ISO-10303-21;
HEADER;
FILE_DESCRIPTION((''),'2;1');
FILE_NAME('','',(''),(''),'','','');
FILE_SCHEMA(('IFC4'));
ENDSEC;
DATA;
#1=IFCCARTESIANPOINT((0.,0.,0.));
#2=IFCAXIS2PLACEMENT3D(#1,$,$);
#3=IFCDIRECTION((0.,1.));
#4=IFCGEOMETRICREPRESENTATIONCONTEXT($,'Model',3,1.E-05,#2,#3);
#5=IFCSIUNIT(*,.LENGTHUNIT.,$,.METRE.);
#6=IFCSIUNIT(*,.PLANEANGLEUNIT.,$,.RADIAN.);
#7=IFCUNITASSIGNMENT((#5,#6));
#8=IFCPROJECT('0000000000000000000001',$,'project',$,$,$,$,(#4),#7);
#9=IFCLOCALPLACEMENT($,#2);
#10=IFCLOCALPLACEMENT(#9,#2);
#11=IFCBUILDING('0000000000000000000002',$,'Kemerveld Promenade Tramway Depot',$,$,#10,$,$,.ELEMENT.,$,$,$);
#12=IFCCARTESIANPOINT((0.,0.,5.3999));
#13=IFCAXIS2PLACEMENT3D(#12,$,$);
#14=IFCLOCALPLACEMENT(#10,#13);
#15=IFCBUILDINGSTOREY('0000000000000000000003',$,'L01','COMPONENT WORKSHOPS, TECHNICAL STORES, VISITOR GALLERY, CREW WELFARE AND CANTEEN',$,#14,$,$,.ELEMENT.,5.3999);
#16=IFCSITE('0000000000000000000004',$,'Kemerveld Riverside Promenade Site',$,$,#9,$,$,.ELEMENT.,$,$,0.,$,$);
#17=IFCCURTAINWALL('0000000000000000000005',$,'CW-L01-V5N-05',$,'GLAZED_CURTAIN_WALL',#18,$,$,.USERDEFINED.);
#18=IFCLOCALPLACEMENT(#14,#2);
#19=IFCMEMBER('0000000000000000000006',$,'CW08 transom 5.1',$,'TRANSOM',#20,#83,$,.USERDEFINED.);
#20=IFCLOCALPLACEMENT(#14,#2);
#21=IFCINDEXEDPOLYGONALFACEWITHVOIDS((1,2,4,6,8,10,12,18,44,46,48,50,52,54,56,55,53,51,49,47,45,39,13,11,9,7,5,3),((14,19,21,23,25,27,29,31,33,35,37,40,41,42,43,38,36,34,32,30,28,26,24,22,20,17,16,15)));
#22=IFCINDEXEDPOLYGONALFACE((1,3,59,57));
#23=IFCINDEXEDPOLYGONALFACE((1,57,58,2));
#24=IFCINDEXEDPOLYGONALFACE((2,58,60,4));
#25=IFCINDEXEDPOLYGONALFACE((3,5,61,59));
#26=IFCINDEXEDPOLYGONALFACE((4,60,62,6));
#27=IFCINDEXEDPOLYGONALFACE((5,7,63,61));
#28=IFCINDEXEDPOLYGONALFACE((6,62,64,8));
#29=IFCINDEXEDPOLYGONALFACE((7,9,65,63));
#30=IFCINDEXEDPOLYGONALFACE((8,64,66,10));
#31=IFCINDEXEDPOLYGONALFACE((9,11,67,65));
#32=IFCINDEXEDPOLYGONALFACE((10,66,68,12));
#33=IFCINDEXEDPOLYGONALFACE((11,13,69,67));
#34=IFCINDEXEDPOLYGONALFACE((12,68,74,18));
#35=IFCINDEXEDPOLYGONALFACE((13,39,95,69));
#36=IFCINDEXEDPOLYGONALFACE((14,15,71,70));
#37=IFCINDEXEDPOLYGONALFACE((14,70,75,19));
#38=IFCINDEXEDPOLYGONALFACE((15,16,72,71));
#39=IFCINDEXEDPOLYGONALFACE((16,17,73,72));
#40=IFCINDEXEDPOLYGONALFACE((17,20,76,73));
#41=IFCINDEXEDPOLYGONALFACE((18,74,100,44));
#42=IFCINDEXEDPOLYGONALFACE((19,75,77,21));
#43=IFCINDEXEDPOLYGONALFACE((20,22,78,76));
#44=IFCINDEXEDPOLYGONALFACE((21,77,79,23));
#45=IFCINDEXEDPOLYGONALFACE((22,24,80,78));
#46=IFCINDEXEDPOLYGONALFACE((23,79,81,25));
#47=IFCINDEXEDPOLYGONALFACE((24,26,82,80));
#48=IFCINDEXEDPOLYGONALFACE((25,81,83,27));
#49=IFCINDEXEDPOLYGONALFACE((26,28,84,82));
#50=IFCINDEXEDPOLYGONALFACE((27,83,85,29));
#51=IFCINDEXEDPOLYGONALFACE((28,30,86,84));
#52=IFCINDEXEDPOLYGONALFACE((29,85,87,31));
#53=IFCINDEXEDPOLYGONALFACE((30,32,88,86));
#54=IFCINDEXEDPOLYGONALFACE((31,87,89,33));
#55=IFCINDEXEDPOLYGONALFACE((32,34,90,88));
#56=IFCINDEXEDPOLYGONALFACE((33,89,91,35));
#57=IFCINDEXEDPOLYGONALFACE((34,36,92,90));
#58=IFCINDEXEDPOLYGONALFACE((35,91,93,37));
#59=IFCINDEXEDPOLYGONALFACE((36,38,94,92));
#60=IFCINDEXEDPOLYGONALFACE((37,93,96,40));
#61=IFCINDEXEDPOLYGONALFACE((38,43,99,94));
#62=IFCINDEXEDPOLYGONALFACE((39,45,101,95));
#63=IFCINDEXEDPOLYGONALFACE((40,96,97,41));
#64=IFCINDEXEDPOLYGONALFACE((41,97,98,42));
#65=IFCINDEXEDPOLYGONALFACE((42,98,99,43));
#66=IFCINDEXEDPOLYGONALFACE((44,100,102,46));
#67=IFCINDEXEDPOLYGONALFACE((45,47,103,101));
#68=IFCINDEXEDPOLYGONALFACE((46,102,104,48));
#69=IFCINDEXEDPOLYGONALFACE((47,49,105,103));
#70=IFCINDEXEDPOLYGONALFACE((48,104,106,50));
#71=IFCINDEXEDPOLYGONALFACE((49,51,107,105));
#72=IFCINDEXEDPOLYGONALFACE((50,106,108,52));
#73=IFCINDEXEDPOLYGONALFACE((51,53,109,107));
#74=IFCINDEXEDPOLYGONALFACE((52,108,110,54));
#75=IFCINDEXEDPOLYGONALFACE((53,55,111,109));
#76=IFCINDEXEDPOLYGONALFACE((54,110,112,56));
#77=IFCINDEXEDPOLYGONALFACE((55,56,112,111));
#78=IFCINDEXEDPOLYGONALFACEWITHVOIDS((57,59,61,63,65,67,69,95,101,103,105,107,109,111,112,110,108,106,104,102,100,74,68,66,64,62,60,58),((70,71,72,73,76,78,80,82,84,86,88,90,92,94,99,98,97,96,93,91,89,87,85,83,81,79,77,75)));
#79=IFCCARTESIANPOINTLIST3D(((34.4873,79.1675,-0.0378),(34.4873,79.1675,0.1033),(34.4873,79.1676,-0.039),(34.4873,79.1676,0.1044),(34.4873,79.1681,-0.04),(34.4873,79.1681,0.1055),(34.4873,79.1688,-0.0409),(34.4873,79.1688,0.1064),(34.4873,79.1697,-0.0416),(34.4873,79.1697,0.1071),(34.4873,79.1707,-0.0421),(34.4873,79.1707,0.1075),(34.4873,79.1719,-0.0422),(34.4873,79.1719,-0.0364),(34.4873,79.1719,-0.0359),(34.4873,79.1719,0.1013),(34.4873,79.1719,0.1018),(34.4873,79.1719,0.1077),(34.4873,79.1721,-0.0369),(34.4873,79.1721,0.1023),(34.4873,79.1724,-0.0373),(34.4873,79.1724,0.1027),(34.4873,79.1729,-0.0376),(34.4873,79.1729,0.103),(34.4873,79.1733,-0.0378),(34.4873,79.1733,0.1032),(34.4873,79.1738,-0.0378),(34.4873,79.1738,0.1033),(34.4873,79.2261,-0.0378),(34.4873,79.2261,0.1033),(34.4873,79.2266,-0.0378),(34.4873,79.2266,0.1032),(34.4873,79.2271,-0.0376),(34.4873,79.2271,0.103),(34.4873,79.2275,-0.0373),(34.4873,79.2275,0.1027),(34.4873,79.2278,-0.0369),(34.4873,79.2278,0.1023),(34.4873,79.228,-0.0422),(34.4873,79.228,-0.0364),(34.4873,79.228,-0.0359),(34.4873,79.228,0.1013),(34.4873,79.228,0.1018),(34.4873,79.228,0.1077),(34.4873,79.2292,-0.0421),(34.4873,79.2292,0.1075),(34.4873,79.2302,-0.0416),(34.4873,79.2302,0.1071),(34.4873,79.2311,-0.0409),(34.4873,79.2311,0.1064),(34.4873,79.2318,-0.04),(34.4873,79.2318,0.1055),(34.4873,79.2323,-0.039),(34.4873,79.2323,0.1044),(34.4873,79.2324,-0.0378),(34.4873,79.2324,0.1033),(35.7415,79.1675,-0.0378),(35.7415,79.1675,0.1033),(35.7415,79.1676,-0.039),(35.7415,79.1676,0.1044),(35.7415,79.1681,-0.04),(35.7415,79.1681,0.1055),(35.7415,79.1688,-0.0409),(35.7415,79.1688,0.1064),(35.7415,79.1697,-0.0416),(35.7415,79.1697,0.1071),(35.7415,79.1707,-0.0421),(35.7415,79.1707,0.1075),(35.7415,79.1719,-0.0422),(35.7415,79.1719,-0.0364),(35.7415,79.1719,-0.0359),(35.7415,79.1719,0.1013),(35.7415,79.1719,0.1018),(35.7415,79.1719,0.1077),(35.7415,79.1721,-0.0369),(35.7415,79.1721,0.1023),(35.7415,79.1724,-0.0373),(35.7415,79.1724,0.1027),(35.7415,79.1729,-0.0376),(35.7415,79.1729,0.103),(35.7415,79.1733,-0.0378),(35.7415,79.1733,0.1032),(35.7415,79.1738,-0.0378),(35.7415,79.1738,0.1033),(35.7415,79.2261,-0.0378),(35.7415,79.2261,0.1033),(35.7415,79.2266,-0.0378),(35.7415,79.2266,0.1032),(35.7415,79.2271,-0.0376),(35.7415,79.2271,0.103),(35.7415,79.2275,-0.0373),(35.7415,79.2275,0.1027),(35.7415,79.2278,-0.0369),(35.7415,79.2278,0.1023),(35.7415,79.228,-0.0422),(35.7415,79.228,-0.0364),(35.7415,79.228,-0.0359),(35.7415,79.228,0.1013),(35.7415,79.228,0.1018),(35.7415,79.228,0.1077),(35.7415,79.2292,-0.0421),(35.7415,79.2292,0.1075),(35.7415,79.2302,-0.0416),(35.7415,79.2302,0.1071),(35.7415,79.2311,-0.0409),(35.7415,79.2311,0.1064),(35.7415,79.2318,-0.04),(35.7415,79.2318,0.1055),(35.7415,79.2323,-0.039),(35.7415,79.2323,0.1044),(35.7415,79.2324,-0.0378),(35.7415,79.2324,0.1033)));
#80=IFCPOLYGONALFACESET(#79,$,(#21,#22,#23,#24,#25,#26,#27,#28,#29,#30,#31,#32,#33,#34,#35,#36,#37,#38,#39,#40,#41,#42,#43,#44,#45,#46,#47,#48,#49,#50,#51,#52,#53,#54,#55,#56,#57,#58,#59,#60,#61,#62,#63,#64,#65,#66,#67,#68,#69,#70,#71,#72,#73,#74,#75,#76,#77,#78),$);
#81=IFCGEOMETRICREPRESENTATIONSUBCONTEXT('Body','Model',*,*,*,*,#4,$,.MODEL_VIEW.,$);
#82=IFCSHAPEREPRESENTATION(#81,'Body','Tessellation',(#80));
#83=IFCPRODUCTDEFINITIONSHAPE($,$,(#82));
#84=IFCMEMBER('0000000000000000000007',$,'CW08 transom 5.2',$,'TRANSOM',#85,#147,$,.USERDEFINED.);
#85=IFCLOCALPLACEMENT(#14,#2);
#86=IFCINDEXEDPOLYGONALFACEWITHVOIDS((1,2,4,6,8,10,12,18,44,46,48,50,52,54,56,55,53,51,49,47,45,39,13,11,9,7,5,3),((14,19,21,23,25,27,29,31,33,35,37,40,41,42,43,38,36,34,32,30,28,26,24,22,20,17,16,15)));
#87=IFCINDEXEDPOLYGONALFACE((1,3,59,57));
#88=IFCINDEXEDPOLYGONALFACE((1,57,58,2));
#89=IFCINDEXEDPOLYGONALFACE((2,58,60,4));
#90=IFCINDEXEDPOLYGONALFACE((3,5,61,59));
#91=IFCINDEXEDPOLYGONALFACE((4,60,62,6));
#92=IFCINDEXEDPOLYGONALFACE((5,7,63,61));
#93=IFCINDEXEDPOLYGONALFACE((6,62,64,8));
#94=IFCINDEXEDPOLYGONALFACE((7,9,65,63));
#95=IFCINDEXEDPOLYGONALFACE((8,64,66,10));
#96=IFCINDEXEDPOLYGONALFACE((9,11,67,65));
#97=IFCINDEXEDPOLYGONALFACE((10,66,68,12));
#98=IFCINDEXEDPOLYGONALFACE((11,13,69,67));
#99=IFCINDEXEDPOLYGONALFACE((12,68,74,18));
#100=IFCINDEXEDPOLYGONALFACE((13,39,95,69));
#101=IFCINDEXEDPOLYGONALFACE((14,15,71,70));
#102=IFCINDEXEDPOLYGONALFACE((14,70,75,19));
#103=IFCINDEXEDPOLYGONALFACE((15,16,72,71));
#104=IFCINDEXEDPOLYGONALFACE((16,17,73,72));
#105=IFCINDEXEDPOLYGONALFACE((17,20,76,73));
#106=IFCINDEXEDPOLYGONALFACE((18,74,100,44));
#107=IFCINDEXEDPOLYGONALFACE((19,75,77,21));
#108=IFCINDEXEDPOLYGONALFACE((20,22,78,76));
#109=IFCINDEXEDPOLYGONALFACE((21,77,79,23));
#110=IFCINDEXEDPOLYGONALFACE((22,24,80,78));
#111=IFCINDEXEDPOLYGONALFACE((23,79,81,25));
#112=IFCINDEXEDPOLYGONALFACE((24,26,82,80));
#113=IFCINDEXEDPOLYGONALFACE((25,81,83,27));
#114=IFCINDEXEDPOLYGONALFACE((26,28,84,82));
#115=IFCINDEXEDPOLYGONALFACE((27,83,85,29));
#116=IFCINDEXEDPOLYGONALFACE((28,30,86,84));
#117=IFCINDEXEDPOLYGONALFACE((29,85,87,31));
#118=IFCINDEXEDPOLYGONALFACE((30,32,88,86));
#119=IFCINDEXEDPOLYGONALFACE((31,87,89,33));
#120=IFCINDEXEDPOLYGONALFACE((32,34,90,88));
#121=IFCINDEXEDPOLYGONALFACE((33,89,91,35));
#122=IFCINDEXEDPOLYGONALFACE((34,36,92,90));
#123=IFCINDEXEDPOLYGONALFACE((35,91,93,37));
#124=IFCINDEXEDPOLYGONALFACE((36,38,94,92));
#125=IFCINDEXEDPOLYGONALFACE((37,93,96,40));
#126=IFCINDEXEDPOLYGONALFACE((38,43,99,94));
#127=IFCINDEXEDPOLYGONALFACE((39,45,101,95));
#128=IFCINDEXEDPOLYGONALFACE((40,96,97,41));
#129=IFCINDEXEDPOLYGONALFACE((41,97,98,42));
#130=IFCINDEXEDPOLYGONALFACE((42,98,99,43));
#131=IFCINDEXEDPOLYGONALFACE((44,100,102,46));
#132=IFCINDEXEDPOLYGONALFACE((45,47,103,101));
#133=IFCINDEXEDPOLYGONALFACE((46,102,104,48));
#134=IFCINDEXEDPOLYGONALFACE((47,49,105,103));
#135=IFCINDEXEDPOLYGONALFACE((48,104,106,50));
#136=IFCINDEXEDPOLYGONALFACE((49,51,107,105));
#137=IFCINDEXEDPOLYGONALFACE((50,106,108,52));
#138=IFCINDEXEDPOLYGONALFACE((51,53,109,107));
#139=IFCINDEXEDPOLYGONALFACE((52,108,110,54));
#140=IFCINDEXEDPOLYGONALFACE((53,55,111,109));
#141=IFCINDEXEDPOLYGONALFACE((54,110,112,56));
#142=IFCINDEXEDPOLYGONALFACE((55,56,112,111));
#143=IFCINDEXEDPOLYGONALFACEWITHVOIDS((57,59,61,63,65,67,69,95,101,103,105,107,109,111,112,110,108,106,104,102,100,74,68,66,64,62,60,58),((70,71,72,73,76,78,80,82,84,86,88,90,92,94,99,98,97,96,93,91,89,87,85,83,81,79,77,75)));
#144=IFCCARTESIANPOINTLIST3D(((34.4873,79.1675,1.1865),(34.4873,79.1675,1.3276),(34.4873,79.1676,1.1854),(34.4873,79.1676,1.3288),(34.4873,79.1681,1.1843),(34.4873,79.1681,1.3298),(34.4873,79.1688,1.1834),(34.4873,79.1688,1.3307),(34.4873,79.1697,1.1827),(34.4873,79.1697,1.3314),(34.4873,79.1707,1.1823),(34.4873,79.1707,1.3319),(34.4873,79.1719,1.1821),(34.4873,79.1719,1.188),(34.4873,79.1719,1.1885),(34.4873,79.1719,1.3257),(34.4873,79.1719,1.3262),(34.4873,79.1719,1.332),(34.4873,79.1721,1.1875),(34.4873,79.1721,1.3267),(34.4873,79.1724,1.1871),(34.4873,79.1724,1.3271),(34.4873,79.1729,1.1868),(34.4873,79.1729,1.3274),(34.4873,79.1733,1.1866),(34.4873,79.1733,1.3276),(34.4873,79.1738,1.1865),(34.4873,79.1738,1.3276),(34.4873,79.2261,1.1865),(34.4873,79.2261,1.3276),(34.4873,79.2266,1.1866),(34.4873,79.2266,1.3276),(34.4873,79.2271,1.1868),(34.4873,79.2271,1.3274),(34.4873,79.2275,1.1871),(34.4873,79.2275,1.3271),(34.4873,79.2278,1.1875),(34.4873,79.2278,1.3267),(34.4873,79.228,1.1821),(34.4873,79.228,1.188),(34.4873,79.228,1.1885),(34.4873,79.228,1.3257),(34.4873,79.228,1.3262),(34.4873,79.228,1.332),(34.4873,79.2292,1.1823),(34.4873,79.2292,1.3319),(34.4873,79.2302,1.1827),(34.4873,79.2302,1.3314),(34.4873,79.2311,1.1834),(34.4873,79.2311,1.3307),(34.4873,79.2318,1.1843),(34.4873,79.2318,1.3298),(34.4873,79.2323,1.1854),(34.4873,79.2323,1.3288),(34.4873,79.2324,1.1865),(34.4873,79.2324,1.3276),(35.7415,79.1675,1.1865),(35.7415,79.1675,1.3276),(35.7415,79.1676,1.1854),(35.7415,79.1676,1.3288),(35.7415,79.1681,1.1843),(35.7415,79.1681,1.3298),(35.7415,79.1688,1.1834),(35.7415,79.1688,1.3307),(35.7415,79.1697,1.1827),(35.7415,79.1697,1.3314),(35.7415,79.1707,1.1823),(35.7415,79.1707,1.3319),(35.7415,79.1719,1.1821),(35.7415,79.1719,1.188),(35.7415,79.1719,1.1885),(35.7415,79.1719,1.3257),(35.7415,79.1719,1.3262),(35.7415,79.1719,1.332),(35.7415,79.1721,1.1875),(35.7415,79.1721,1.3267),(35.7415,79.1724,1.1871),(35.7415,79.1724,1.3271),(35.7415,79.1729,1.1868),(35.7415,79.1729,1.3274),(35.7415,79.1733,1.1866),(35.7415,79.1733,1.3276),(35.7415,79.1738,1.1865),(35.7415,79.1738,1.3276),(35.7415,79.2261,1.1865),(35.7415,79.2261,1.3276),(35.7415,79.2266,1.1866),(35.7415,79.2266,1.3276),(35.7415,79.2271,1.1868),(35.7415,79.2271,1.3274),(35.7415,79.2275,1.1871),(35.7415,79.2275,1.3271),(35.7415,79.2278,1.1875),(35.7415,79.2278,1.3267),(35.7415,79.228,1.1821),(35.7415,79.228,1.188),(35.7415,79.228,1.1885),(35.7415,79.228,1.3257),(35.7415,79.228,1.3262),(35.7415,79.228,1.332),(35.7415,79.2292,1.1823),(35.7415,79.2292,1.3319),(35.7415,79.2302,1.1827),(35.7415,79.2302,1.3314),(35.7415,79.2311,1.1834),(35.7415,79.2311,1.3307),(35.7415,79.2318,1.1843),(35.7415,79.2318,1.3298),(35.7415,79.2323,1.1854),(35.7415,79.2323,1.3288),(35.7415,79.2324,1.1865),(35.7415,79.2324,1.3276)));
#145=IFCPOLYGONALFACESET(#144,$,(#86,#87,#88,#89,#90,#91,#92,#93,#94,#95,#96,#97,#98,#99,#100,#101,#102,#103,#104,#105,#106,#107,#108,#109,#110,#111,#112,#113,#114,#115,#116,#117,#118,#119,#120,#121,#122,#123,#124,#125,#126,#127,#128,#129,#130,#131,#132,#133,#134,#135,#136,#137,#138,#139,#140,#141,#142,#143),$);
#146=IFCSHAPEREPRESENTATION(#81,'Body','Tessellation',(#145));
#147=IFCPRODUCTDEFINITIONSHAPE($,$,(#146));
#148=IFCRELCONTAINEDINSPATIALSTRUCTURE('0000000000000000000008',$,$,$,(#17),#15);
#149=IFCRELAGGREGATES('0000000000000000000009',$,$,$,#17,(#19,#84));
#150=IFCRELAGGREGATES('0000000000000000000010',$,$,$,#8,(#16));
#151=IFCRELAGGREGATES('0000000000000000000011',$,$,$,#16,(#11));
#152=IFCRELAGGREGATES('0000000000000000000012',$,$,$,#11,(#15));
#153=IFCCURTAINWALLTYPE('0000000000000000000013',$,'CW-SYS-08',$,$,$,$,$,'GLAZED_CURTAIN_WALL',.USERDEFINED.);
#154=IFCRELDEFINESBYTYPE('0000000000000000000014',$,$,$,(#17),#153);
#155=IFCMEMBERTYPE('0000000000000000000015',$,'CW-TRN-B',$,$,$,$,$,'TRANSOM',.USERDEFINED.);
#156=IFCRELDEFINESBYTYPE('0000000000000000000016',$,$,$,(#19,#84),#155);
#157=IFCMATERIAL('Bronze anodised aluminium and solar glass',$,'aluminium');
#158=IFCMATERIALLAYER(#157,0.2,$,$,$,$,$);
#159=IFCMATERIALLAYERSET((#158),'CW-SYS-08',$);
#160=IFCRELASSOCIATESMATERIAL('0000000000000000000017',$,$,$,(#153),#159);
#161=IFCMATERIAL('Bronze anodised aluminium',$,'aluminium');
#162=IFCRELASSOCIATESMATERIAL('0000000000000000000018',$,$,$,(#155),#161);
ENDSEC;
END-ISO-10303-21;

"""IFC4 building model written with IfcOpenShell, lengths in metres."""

from ifc_helpers import new_model, si_unit, direction, frame, origin, origin_2d, place, context, subcontext, project, spatial, hollow_rectangle, extrude, material, layer, layer_set, material_profile, profile_set, type_object, element, aggregate, save


model = new_model("IFC4")

# Units and contexts
model_context = context("Model", 3, precision=1e-05, world=origin(), true_north=direction((0.0, 1.0)))
body_context = subcontext(model_context, "Body", "Model", "MODEL_VIEW")
ifc_project = project(units=[si_unit("LENGTHUNIT", "METRE"), si_unit("PLANEANGLEUNIT", "RADIAN")], contexts=[model_context])

# Site, building, storey
site_placement = place(None, origin())
site = spatial("IfcSite", under=ifc_project, at=site_placement, Name="Kemerveld Riverside Promenade Site", CompositionType="ELEMENT", RefElevation=0.0)
building_placement = place(site_placement, origin())
building = spatial("IfcBuilding", under=site, at=building_placement, Name="Kemerveld Promenade Tramway Depot", CompositionType="ELEMENT")
storey_placement = place(building_placement, frame((0.0, 0.0, 5.3999)))
storey = spatial("IfcBuildingStorey", under=building, at=storey_placement, Name="L01", Description="COMPONENT WORKSHOPS, TECHNICAL STORES, VISITOR GALLERY, CREW WELFARE AND CANTEEN", CompositionType="ELEMENT", Elevation=5.3999)

# Curtain wall, members
ifc_material_1 = material(Name="Bronze anodised aluminium and solar glass", Category="aluminium")
ifc_layer_1 = layer(ifc_material_1, 0.2)
ifc_layer_set_1 = layer_set([ifc_layer_1], Name="CW-SYS-08")
curtain_wall_type = type_object("IfcCurtainWallType", Name="CW-SYS-08", ElementType="GLAZED_CURTAIN_WALL", PredefinedType="USERDEFINED", material=ifc_layer_set_1)
curtain_wall_placement = place(storey_placement, origin())
curtain_wall = element("IfcCurtainWall", 1, at=curtain_wall_placement, inside=storey, type_object=curtain_wall_type, Name="CW-L01-V5N-05", ObjectType="GLAZED_CURTAIN_WALL", PredefinedType="USERDEFINED")
ifc_material_2 = material(Name="Bronze anodised aluminium", Category="aluminium")
ifc_material_profile_1 = material_profile(ifc_material_2, hollow_rectangle(XDim=0.0649, YDim=0.1499, WallThickness=0.0044, InnerFilletRadius=0.002, OuterFilletRadius=0.0044, at=origin_2d()), Name="CW-TRN-150x65")
ifc_profile_set_1 = profile_set([ifc_material_profile_1], Name="Bronze anodised aluminium")
member_type_1 = type_object("IfcMemberType", Name="CW-TRN-B", ElementType="TRANSOM", PredefinedType="USERDEFINED", material=ifc_profile_set_1)
member_1_placement = place(storey_placement, frame((34.4873, 79.2, 0.0327), z_axis=(1.0, 0.0, 0.0), x_axis=(0.0, 1.0, 0.0)))
member_1 = element("IfcMember", 2, at=member_1_placement, type_object=member_type_1, Name="CW08 transom 5.1", ObjectType="TRANSOM", PredefinedType="USERDEFINED", context=body_context, shape_type="SweptSolid", body=[
    extrude(hollow_rectangle(XDim=0.0649, YDim=0.1499, WallThickness=0.0044, InnerFilletRadius=0.002, OuterFilletRadius=0.0044, at=origin_2d()), origin(), (0.0, 0.0, 1.0), 1.2542),
])
member_2_placement = place(storey_placement, frame((34.4873, 79.2, 1.2571), z_axis=(1.0, 0.0, 0.0), x_axis=(0.0, 1.0, 0.0)))
member_2 = element("IfcMember", 3, at=member_2_placement, type_object=member_type_1, Name="CW08 transom 5.2", ObjectType="TRANSOM", PredefinedType="USERDEFINED", context=body_context, shape_type="SweptSolid", body=[
    extrude(hollow_rectangle(XDim=0.0649, YDim=0.1499, WallThickness=0.0044, InnerFilletRadius=0.002, OuterFilletRadius=0.0044, at=origin_2d()), origin(), (0.0, 0.0, 1.0), 1.2542),
])
aggregate(curtain_wall, [member_1, member_2])

save(model, "model.ifc")
